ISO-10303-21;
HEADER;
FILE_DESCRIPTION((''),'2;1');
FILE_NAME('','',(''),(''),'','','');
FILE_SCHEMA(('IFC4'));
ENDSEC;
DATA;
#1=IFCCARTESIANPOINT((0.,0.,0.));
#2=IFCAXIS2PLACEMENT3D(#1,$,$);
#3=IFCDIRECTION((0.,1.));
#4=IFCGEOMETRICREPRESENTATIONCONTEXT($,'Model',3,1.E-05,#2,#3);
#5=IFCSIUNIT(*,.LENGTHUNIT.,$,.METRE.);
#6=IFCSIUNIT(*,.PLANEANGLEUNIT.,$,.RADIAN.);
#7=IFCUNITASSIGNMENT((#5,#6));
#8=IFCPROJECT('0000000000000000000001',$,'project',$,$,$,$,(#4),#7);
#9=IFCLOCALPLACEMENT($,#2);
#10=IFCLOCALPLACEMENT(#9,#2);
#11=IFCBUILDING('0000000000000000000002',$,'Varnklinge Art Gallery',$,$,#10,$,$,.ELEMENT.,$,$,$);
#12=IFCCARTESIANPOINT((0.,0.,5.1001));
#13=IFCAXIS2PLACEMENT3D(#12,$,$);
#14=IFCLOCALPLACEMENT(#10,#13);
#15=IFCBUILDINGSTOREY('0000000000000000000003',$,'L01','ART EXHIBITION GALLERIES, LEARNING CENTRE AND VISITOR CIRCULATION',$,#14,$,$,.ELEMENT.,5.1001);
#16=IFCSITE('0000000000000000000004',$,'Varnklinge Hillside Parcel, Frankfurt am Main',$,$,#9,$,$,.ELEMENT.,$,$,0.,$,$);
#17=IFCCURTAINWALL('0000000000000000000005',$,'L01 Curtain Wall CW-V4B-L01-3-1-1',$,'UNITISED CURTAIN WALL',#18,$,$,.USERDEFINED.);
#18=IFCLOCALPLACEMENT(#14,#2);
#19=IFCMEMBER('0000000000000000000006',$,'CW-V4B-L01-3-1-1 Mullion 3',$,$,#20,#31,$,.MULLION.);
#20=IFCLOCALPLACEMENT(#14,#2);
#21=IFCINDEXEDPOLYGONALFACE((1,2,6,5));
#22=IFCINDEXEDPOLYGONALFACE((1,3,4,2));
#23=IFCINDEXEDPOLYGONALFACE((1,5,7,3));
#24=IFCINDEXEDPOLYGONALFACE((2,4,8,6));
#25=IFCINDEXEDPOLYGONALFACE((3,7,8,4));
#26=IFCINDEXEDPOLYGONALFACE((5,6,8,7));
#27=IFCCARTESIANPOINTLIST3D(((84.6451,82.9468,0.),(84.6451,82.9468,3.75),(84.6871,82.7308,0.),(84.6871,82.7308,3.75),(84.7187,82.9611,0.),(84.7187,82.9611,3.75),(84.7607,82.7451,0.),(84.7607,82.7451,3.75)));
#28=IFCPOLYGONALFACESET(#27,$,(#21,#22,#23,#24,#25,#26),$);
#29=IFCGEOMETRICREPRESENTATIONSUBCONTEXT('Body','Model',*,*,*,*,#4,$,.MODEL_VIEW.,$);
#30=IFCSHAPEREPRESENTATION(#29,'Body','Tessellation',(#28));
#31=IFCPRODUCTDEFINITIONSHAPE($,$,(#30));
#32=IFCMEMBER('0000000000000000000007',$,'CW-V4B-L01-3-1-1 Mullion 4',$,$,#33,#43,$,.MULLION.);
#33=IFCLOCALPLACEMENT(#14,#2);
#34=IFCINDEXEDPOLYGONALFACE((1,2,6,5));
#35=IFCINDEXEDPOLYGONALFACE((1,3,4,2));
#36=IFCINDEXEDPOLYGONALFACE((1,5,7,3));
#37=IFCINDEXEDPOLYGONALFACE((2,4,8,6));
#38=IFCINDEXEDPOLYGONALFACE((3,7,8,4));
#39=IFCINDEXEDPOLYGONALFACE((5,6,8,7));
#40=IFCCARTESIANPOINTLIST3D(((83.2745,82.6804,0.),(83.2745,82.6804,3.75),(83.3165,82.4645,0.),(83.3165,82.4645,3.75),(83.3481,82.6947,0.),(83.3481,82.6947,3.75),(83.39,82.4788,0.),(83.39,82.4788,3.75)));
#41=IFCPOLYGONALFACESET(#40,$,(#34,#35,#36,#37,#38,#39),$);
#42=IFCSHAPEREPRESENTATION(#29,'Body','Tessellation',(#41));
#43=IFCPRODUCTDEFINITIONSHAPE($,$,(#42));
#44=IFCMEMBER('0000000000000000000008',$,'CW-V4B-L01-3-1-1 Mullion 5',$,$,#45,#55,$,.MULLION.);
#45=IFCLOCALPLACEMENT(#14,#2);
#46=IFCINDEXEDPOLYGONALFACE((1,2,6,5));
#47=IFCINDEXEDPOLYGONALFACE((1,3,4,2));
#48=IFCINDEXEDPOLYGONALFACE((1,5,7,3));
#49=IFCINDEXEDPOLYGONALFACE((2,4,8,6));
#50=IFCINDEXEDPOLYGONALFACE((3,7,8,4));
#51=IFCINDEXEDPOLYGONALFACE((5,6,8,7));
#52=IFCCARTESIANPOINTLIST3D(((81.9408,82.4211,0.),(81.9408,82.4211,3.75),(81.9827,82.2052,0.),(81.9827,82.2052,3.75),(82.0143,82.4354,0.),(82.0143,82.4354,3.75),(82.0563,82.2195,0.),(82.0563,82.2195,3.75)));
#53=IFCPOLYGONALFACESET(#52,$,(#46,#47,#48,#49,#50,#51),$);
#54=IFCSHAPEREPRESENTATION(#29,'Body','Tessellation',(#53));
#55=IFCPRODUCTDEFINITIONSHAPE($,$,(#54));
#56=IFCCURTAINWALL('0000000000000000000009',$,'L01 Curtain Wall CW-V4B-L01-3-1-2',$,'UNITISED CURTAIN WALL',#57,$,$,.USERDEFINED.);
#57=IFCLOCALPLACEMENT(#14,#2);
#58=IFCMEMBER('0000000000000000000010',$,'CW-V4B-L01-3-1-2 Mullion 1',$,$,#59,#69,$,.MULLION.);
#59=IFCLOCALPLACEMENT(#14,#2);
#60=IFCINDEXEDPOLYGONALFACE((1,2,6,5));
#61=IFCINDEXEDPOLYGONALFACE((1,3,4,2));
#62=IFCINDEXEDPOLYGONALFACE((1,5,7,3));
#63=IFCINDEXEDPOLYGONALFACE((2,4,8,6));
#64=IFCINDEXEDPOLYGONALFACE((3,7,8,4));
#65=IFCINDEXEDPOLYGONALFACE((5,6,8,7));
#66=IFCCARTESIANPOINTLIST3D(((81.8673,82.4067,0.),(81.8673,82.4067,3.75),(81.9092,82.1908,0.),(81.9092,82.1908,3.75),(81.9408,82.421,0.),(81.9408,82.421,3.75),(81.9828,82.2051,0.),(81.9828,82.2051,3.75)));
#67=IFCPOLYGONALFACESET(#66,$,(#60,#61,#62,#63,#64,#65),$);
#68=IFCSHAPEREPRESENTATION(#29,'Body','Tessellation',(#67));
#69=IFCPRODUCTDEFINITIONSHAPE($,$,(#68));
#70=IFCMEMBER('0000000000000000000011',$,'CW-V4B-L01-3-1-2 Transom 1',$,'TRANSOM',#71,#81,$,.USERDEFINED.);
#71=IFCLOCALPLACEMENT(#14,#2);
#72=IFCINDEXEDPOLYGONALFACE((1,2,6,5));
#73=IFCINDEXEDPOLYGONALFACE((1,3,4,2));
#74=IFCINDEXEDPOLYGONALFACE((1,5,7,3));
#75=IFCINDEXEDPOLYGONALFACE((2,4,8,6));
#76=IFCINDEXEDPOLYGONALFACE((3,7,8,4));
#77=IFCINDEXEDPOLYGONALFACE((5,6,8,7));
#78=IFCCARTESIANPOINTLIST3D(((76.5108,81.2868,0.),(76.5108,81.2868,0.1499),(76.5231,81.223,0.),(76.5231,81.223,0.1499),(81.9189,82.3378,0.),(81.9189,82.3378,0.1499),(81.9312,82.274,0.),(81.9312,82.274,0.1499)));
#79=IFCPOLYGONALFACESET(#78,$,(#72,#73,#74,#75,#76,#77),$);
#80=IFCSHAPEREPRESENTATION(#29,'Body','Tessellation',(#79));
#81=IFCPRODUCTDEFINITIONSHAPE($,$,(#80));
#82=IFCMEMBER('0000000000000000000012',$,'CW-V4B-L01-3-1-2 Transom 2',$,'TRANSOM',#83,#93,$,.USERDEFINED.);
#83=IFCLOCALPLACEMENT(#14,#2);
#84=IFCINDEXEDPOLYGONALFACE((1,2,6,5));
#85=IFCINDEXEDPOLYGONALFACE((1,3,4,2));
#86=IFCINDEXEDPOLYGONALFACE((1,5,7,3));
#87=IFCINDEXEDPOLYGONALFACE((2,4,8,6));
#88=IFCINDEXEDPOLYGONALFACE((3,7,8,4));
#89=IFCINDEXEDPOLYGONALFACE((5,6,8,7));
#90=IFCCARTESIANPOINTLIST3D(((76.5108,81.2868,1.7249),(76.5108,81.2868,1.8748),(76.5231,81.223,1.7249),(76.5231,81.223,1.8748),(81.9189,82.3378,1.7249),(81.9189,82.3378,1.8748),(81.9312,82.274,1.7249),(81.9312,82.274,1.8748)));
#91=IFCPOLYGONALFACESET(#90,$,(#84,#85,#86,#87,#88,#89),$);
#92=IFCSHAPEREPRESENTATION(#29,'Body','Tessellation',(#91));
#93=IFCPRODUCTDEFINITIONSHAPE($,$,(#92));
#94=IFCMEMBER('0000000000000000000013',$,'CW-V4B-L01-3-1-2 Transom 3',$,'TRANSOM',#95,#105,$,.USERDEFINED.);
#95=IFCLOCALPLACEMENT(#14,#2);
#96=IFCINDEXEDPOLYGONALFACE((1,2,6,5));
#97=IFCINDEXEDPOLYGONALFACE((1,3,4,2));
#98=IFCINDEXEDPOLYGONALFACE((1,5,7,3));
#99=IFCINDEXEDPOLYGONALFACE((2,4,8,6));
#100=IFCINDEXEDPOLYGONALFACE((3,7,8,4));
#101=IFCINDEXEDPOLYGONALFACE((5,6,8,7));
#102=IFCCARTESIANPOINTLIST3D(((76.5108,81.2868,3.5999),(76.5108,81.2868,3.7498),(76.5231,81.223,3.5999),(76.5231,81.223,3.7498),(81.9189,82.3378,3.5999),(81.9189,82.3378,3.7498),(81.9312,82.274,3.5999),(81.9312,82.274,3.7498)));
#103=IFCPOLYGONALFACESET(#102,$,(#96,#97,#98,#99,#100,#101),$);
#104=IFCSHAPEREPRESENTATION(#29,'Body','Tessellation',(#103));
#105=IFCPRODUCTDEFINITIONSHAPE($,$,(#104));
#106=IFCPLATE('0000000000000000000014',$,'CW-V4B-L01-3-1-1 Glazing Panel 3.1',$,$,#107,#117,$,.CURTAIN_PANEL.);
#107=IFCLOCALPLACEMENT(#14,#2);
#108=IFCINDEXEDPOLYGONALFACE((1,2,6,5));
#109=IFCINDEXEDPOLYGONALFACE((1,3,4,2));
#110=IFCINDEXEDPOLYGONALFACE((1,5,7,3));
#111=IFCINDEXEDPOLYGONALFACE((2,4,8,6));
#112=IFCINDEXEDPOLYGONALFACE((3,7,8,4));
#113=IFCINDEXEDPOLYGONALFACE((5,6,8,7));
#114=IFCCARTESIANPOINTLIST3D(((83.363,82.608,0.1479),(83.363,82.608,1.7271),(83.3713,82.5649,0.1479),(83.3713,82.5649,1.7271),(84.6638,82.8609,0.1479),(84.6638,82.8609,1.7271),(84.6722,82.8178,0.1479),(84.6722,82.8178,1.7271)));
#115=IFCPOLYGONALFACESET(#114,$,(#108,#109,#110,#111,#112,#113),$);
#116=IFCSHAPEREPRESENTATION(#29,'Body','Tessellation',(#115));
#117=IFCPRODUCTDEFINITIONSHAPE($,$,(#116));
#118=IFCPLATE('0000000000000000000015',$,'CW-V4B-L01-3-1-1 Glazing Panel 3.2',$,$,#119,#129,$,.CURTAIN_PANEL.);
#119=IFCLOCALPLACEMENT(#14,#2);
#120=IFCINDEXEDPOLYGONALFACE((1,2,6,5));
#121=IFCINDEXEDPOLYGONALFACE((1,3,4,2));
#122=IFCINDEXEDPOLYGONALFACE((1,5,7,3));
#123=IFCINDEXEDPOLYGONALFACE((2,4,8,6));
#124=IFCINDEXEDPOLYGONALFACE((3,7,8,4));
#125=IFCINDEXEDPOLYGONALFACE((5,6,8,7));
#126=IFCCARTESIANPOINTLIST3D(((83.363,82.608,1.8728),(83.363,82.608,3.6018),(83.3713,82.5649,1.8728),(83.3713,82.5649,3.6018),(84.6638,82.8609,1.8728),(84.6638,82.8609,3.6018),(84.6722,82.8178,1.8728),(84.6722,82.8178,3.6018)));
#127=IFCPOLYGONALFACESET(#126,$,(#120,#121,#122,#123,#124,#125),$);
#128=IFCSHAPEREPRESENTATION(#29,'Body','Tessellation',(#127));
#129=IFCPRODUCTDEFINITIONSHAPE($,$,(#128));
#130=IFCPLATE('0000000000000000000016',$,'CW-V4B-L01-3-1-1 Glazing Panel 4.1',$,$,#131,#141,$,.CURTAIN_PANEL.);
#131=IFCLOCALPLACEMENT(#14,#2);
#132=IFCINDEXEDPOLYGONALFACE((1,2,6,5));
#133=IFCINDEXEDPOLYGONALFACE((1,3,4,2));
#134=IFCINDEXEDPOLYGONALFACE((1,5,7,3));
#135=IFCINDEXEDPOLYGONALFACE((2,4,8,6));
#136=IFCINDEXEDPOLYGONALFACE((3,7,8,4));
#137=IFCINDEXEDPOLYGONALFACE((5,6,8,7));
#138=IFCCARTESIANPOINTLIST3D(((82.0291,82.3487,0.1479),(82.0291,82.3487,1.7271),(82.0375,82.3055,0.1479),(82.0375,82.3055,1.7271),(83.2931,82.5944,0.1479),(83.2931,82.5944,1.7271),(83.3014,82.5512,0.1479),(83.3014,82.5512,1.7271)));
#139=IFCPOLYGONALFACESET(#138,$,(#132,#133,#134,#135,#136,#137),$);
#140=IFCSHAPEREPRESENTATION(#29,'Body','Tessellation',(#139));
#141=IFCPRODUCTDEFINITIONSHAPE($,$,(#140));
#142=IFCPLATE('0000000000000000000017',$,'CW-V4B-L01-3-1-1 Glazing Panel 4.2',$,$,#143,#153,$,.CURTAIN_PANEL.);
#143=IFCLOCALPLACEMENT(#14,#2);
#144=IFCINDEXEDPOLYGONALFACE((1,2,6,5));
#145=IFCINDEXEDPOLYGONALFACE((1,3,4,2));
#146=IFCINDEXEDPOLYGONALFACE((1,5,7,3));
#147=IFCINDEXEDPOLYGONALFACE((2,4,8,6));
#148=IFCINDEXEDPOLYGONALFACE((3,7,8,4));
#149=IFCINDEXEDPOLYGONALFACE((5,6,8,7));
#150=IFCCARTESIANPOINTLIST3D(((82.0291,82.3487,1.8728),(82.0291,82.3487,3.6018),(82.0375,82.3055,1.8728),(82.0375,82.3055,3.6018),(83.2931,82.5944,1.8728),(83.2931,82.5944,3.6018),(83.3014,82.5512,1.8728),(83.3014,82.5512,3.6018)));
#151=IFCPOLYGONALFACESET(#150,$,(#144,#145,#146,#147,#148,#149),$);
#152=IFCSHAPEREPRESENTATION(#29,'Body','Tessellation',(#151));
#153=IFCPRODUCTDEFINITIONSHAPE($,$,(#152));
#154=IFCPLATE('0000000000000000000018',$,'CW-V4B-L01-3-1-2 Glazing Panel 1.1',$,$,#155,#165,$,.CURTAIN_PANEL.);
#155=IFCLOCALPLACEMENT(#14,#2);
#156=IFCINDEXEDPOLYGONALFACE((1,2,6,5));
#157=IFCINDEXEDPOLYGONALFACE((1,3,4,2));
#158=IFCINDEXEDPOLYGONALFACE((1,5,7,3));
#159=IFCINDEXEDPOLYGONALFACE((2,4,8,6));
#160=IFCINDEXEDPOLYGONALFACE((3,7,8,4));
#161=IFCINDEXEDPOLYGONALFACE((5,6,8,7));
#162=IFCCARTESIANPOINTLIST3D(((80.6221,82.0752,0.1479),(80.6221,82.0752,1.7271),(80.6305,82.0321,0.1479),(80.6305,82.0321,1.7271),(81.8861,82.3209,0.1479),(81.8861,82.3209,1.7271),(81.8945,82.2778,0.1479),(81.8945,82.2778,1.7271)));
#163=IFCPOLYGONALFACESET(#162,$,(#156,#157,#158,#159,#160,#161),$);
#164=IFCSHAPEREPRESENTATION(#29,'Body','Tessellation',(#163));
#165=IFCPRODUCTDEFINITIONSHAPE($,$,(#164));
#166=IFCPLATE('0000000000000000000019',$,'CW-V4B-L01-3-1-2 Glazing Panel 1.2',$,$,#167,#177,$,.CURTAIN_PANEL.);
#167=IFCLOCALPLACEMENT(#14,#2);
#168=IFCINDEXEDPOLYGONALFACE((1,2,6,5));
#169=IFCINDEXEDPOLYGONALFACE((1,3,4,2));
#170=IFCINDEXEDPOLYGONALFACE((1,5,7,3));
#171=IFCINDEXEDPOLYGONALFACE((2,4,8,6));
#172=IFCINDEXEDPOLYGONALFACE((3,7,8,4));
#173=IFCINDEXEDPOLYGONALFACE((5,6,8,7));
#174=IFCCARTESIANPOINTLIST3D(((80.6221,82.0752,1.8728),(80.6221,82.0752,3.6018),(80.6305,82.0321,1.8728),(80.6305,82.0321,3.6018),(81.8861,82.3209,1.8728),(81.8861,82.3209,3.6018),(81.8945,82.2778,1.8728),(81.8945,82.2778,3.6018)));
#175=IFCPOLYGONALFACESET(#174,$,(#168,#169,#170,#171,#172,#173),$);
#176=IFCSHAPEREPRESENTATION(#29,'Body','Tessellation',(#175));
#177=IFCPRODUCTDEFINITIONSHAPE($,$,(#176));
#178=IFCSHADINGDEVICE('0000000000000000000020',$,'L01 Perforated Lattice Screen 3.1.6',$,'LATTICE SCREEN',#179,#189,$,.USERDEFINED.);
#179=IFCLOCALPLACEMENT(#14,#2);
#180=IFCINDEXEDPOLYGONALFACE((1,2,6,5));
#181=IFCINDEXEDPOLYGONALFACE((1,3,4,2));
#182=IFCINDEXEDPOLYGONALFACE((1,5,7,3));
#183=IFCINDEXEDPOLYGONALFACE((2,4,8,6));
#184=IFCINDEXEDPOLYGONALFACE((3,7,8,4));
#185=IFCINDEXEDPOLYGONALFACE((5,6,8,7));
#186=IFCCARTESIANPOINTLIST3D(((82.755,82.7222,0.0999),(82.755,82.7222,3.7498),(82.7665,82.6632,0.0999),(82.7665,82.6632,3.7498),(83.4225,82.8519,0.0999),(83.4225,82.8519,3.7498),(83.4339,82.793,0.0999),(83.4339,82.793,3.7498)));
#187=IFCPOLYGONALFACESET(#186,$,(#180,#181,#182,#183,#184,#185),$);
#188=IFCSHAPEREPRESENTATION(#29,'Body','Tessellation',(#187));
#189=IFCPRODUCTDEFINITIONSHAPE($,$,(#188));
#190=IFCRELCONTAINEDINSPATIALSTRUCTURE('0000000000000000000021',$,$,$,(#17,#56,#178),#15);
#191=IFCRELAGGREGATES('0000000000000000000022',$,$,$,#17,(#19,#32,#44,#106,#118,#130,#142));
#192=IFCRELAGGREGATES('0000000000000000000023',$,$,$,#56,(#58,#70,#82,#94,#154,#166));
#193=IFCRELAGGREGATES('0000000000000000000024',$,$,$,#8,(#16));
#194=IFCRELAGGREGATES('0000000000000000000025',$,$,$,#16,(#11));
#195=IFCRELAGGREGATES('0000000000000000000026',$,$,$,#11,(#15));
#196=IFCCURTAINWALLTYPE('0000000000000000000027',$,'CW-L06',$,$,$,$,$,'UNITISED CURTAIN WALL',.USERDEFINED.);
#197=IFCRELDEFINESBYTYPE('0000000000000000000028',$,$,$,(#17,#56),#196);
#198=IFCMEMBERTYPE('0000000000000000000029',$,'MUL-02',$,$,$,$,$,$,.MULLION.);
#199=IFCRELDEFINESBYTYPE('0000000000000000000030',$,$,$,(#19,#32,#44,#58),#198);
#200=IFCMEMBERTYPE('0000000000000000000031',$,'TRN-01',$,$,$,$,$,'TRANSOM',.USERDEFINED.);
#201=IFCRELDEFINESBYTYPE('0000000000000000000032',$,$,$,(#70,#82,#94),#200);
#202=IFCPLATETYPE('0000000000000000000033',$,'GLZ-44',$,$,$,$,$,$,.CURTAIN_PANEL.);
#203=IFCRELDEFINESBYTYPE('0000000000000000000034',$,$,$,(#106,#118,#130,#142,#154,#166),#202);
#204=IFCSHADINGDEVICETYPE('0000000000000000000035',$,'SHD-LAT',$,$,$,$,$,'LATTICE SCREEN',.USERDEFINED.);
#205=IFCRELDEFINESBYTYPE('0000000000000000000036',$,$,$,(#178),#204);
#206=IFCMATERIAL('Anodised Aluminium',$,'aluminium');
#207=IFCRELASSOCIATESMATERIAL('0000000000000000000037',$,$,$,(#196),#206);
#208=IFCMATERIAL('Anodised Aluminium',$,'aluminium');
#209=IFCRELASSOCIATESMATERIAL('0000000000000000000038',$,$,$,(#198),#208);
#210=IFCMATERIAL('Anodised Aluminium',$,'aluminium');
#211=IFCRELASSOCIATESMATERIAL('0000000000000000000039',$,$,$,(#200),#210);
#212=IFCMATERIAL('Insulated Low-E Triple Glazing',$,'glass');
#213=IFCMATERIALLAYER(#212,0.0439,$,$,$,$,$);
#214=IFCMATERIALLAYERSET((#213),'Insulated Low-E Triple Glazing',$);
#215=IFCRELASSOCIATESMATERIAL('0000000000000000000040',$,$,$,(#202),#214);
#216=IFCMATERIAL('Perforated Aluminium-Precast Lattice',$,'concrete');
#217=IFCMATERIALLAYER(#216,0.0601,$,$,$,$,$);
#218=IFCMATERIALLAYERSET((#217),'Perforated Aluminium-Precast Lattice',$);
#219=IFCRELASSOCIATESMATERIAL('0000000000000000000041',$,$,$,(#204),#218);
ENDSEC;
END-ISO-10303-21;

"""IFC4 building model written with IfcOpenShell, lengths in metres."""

from ifc_helpers import new_model, si_unit, direction, frame, origin, origin_2d, place, context, subcontext, project, spatial, rectangle, extrude, material, layer, layer_set, material_profile, profile_set, type_object, element, aggregate, save


model = new_model("IFC4")

# Units and contexts
model_context = context("Model", 3, precision=1e-05, world=origin(), true_north=direction((0.0, 1.0)))
body_context = subcontext(model_context, "Body", "Model", "MODEL_VIEW")
ifc_project = project(units=[si_unit("LENGTHUNIT", "METRE"), si_unit("PLANEANGLEUNIT", "RADIAN")], contexts=[model_context])

# Site, building, storey
site_placement = place(None, origin())
site = spatial("IfcSite", under=ifc_project, at=site_placement, Name="Varnklinge Hillside Parcel, Frankfurt am Main", CompositionType="ELEMENT", RefElevation=0.0)
building_placement = place(site_placement, origin())
building = spatial("IfcBuilding", under=site, at=building_placement, Name="Varnklinge Art Gallery", CompositionType="ELEMENT")
storey_placement = place(building_placement, frame((0.0, 0.0, 5.1001)))
storey = spatial("IfcBuildingStorey", under=building, at=storey_placement, Name="L01", Description="ART EXHIBITION GALLERIES, LEARNING CENTRE AND VISITOR CIRCULATION", CompositionType="ELEMENT", Elevation=5.1001)

# Curtain walls, members
ifc_material_1 = material(Name="Anodised Aluminium", Category="aluminium")
curtain_wall_type = type_object("IfcCurtainWallType", Name="CW-L06", ElementType="UNITISED CURTAIN WALL", PredefinedType="USERDEFINED", material=ifc_material_1)
curtain_wall_1_placement = place(storey_placement, origin())
curtain_wall_1 = element("IfcCurtainWall", 1, at=curtain_wall_1_placement, inside=storey, type_object=curtain_wall_type, Name="L01 Curtain Wall CW-V4B-L01-3-1-1", ObjectType="UNITISED CURTAIN WALL", PredefinedType="USERDEFINED")
ifc_material_2 = material(Name="Anodised Aluminium", Category="aluminium")
ifc_material_profile_1 = material_profile(ifc_material_2, rectangle(XDim=0.075, YDim=0.22, at=origin_2d()), Name="ALU 75x220")
ifc_profile_set_1 = profile_set([ifc_material_profile_1], Name="Anodised Aluminium")
member_type_1 = type_object("IfcMemberType", Name="MUL-02", PredefinedType="MULLION", material=ifc_profile_set_1)
member_1_placement = place(storey_placement, frame((84.7029, 82.8459, 0.0), z_axis=(0.0, 0.0, 1.0), x_axis=(-0.981627, -0.190809, 0.0)))
member_1 = element("IfcMember", 2, at=member_1_placement, type_object=member_type_1, Name="CW-V4B-L01-3-1-1 Mullion 3", PredefinedType="MULLION", context=body_context, shape_type="SweptSolid", body=[
    extrude(rectangle(XDim=0.075, YDim=0.22, at=origin_2d()), origin(), (0.0, 0.0, 1.0), 3.75),
])
member_2_placement = place(storey_placement, frame((83.3323, 82.5796, 0.0), z_axis=(0.0, 0.0, 1.0), x_axis=(-0.981627, -0.190809, 0.0)))
member_2 = element("IfcMember", 3, at=member_2_placement, type_object=member_type_1, Name="CW-V4B-L01-3-1-1 Mullion 4", PredefinedType="MULLION", context=body_context, shape_type="SweptSolid", body=[
    extrude(rectangle(XDim=0.075, YDim=0.22, at=origin_2d()), origin(), (0.0, 0.0, 1.0), 3.75),
])
member_3_placement = place(storey_placement, frame((81.9985, 82.3203, 0.0), z_axis=(0.0, 0.0, 1.0), x_axis=(-0.981627, -0.190809, 0.0)))
member_3 = element("IfcMember", 4, at=member_3_placement, type_object=member_type_1, Name="CW-V4B-L01-3-1-1 Mullion 5", PredefinedType="MULLION", context=body_context, shape_type="SweptSolid", body=[
    extrude(rectangle(XDim=0.075, YDim=0.22, at=origin_2d()), origin(), (0.0, 0.0, 1.0), 3.75),
])
curtain_wall_2_placement = place(storey_placement, origin())
curtain_wall_2 = element("IfcCurtainWall", 5, at=curtain_wall_2_placement, inside=storey, type_object=curtain_wall_type, Name="L01 Curtain Wall CW-V4B-L01-3-1-2", ObjectType="UNITISED CURTAIN WALL", PredefinedType="USERDEFINED")
member_4_placement = place(storey_placement, frame((81.925, 82.3059, 0.0), z_axis=(0.0, 0.0, 1.0), x_axis=(-0.981627, -0.190809, 0.0)))
member_4 = element("IfcMember", 6, at=member_4_placement, type_object=member_type_1, Name="CW-V4B-L01-3-1-2 Mullion 1", PredefinedType="MULLION", context=body_context, shape_type="SweptSolid", body=[
    extrude(rectangle(XDim=0.075, YDim=0.22, at=origin_2d()), origin(), (0.0, 0.0, 1.0), 3.75),
])
ifc_material_3 = material(Name="Anodised Aluminium", Category="aluminium")
ifc_material_profile_2 = material_profile(ifc_material_3, rectangle(XDim=0.0649, YDim=0.1499, at=origin_2d()), Name="ALU 65x150")
ifc_profile_set_2 = profile_set([ifc_material_profile_2], Name="Anodised Aluminium")
member_type_2 = type_object("IfcMemberType", Name="TRN-01", ElementType="TRANSOM", PredefinedType="USERDEFINED", material=ifc_profile_set_2)
member_5_placement = place(storey_placement, frame((81.925, 82.3059, 0.075), z_axis=(-0.981635, -0.19077, 0.0), x_axis=(0.19077, -0.981635, 0.0)))
member_5 = element("IfcMember", 7, at=member_5_placement, type_object=member_type_2, Name="CW-V4B-L01-3-1-2 Transom 1", ObjectType="TRANSOM", PredefinedType="USERDEFINED", context=body_context, shape_type="SweptSolid", body=[
    extrude(rectangle(XDim=0.0649, YDim=0.1499, at=origin_2d()), origin(), (0.0, 0.0, 1.0), 5.5093),
])
member_6_placement = place(storey_placement, frame((81.925, 82.3059, 1.7998), z_axis=(-0.981635, -0.19077, 0.0), x_axis=(0.19077, -0.981635, 0.0)))
member_6 = element("IfcMember", 8, at=member_6_placement, type_object=member_type_2, Name="CW-V4B-L01-3-1-2 Transom 2", ObjectType="TRANSOM", PredefinedType="USERDEFINED", context=body_context, shape_type="SweptSolid", body=[
    extrude(rectangle(XDim=0.0649, YDim=0.1499, at=origin_2d()), origin(), (0.0, 0.0, 1.0), 5.5093),
])
member_7_placement = place(storey_placement, frame((81.925, 82.3059, 3.6748), z_axis=(-0.981635, -0.19077, 0.0), x_axis=(0.19077, -0.981635, 0.0)))
member_7 = element("IfcMember", 9, at=member_7_placement, type_object=member_type_2, Name="CW-V4B-L01-3-1-2 Transom 3", ObjectType="TRANSOM", PredefinedType="USERDEFINED", context=body_context, shape_type="SweptSolid", body=[
    extrude(rectangle(XDim=0.0649, YDim=0.1499, at=origin_2d()), origin(), (0.0, 0.0, 1.0), 5.5093),
])

# Plates
ifc_material_4 = material(Name="Insulated Low-E Triple Glazing", Category="glass")
ifc_layer_1 = layer(ifc_material_4, 0.0439)
ifc_layer_set_1 = layer_set([ifc_layer_1], Name="Insulated Low-E Triple Glazing")
plate_type = type_object("IfcPlateType", Name="GLZ-44", PredefinedType="CURTAIN_PANEL", material=ifc_layer_set_1)
plate_1_placement = place(storey_placement, frame((84.0176, 82.7129, 0.1479), z_axis=(0.0, 0.0, 1.0), x_axis=(-0.981627, -0.190809, 0.0)))
plate_1 = element("IfcPlate", 10, at=plate_1_placement, type_object=plate_type, Name="CW-V4B-L01-3-1-1 Glazing Panel 3.1", PredefinedType="CURTAIN_PANEL", context=body_context, shape_type="SweptSolid", body=[
    extrude(rectangle(XDim=1.3252, YDim=0.0439, at=origin_2d()), origin(), (0.0, 0.0, 1.0), 1.5791),
])
plate_2_placement = place(storey_placement, frame((84.0176, 82.7129, 1.8728), z_axis=(0.0, 0.0, 1.0), x_axis=(-0.981627, -0.190809, 0.0)))
plate_2 = element("IfcPlate", 11, at=plate_2_placement, type_object=plate_type, Name="CW-V4B-L01-3-1-1 Glazing Panel 3.2", PredefinedType="CURTAIN_PANEL", context=body_context, shape_type="SweptSolid", body=[
    extrude(rectangle(XDim=1.3252, YDim=0.0439, at=origin_2d()), origin(), (0.0, 0.0, 1.0), 1.729),
])
plate_3_placement = place(storey_placement, frame((82.6653, 82.45, 0.1479), z_axis=(0.0, 0.0, 1.0), x_axis=(-0.981627, -0.190809, 0.0)))
plate_3 = element("IfcPlate", 12, at=plate_3_placement, type_object=plate_type, Name="CW-V4B-L01-3-1-1 Glazing Panel 4.1", PredefinedType="CURTAIN_PANEL", context=body_context, shape_type="SweptSolid", body=[
    extrude(rectangle(XDim=1.2876, YDim=0.0439, at=origin_2d()), origin(), (0.0, 0.0, 1.0), 1.5791),
])
plate_4_placement = place(storey_placement, frame((82.6653, 82.45, 1.8728), z_axis=(0.0, 0.0, 1.0), x_axis=(-0.981627, -0.190809, 0.0)))
plate_4 = element("IfcPlate", 13, at=plate_4_placement, type_object=plate_type, Name="CW-V4B-L01-3-1-1 Glazing Panel 4.2", PredefinedType="CURTAIN_PANEL", context=body_context, shape_type="SweptSolid", body=[
    extrude(rectangle(XDim=1.2876, YDim=0.0439, at=origin_2d()), origin(), (0.0, 0.0, 1.0), 1.729),
])
aggregate(curtain_wall_1, [member_1, member_2, member_3, plate_1, plate_2, plate_3, plate_4])
plate_5_placement = place(storey_placement, frame((81.2583, 82.1765, 0.1479), z_axis=(0.0, 0.0, 1.0), x_axis=(-0.981627, -0.190809, 0.0)))
plate_5 = element("IfcPlate", 14, at=plate_5_placement, type_object=plate_type, Name="CW-V4B-L01-3-1-2 Glazing Panel 1.1", PredefinedType="CURTAIN_PANEL", context=body_context, shape_type="SweptSolid", body=[
    extrude(rectangle(XDim=1.2876, YDim=0.0439, at=origin_2d()), origin(), (0.0, 0.0, 1.0), 1.5791),
])
plate_6_placement = place(storey_placement, frame((81.2583, 82.1765, 1.8728), z_axis=(0.0, 0.0, 1.0), x_axis=(-0.981627, -0.190809, 0.0)))
plate_6 = element("IfcPlate", 15, at=plate_6_placement, type_object=plate_type, Name="CW-V4B-L01-3-1-2 Glazing Panel 1.2", PredefinedType="CURTAIN_PANEL", context=body_context, shape_type="SweptSolid", body=[
    extrude(rectangle(XDim=1.2876, YDim=0.0439, at=origin_2d()), origin(), (0.0, 0.0, 1.0), 1.729),
])
aggregate(curtain_wall_2, [member_4, member_5, member_6, member_7, plate_5, plate_6])

# Shading device
ifc_material_5 = material(Name="Perforated Aluminium-Precast Lattice", Category="concrete")
ifc_layer_2 = layer(ifc_material_5, 0.0601)
ifc_layer_set_2 = layer_set([ifc_layer_2], Name="Perforated Aluminium-Precast Lattice")
shading_device_type = type_object("IfcShadingDeviceType", Name="SHD-LAT", ElementType="LATTICE SCREEN", PredefinedType="USERDEFINED", material=ifc_layer_set_2)
for number, where, z_axis, x_axis, name in (
    (16, (83.0945, 82.7576, 0.0999), (0.0, 0.0, 1.0), (-0.981627, -0.190809, 0.0), "L01 Perforated Lattice Screen 3.1.6"),
):
    element("IfcShadingDevice", number, at=place(storey_placement, frame(where, z_axis=z_axis, x_axis=x_axis)), inside=storey, type_object=shading_device_type, Name=name, ObjectType="LATTICE SCREEN", PredefinedType="USERDEFINED", context=body_context, shape_type="SweptSolid", body=[
        extrude(rectangle(XDim=0.6799, YDim=0.0601, at=origin_2d()), origin(), (0.0, 0.0, 1.0), 3.6499),
    ])

save(model, "model.ifc")
